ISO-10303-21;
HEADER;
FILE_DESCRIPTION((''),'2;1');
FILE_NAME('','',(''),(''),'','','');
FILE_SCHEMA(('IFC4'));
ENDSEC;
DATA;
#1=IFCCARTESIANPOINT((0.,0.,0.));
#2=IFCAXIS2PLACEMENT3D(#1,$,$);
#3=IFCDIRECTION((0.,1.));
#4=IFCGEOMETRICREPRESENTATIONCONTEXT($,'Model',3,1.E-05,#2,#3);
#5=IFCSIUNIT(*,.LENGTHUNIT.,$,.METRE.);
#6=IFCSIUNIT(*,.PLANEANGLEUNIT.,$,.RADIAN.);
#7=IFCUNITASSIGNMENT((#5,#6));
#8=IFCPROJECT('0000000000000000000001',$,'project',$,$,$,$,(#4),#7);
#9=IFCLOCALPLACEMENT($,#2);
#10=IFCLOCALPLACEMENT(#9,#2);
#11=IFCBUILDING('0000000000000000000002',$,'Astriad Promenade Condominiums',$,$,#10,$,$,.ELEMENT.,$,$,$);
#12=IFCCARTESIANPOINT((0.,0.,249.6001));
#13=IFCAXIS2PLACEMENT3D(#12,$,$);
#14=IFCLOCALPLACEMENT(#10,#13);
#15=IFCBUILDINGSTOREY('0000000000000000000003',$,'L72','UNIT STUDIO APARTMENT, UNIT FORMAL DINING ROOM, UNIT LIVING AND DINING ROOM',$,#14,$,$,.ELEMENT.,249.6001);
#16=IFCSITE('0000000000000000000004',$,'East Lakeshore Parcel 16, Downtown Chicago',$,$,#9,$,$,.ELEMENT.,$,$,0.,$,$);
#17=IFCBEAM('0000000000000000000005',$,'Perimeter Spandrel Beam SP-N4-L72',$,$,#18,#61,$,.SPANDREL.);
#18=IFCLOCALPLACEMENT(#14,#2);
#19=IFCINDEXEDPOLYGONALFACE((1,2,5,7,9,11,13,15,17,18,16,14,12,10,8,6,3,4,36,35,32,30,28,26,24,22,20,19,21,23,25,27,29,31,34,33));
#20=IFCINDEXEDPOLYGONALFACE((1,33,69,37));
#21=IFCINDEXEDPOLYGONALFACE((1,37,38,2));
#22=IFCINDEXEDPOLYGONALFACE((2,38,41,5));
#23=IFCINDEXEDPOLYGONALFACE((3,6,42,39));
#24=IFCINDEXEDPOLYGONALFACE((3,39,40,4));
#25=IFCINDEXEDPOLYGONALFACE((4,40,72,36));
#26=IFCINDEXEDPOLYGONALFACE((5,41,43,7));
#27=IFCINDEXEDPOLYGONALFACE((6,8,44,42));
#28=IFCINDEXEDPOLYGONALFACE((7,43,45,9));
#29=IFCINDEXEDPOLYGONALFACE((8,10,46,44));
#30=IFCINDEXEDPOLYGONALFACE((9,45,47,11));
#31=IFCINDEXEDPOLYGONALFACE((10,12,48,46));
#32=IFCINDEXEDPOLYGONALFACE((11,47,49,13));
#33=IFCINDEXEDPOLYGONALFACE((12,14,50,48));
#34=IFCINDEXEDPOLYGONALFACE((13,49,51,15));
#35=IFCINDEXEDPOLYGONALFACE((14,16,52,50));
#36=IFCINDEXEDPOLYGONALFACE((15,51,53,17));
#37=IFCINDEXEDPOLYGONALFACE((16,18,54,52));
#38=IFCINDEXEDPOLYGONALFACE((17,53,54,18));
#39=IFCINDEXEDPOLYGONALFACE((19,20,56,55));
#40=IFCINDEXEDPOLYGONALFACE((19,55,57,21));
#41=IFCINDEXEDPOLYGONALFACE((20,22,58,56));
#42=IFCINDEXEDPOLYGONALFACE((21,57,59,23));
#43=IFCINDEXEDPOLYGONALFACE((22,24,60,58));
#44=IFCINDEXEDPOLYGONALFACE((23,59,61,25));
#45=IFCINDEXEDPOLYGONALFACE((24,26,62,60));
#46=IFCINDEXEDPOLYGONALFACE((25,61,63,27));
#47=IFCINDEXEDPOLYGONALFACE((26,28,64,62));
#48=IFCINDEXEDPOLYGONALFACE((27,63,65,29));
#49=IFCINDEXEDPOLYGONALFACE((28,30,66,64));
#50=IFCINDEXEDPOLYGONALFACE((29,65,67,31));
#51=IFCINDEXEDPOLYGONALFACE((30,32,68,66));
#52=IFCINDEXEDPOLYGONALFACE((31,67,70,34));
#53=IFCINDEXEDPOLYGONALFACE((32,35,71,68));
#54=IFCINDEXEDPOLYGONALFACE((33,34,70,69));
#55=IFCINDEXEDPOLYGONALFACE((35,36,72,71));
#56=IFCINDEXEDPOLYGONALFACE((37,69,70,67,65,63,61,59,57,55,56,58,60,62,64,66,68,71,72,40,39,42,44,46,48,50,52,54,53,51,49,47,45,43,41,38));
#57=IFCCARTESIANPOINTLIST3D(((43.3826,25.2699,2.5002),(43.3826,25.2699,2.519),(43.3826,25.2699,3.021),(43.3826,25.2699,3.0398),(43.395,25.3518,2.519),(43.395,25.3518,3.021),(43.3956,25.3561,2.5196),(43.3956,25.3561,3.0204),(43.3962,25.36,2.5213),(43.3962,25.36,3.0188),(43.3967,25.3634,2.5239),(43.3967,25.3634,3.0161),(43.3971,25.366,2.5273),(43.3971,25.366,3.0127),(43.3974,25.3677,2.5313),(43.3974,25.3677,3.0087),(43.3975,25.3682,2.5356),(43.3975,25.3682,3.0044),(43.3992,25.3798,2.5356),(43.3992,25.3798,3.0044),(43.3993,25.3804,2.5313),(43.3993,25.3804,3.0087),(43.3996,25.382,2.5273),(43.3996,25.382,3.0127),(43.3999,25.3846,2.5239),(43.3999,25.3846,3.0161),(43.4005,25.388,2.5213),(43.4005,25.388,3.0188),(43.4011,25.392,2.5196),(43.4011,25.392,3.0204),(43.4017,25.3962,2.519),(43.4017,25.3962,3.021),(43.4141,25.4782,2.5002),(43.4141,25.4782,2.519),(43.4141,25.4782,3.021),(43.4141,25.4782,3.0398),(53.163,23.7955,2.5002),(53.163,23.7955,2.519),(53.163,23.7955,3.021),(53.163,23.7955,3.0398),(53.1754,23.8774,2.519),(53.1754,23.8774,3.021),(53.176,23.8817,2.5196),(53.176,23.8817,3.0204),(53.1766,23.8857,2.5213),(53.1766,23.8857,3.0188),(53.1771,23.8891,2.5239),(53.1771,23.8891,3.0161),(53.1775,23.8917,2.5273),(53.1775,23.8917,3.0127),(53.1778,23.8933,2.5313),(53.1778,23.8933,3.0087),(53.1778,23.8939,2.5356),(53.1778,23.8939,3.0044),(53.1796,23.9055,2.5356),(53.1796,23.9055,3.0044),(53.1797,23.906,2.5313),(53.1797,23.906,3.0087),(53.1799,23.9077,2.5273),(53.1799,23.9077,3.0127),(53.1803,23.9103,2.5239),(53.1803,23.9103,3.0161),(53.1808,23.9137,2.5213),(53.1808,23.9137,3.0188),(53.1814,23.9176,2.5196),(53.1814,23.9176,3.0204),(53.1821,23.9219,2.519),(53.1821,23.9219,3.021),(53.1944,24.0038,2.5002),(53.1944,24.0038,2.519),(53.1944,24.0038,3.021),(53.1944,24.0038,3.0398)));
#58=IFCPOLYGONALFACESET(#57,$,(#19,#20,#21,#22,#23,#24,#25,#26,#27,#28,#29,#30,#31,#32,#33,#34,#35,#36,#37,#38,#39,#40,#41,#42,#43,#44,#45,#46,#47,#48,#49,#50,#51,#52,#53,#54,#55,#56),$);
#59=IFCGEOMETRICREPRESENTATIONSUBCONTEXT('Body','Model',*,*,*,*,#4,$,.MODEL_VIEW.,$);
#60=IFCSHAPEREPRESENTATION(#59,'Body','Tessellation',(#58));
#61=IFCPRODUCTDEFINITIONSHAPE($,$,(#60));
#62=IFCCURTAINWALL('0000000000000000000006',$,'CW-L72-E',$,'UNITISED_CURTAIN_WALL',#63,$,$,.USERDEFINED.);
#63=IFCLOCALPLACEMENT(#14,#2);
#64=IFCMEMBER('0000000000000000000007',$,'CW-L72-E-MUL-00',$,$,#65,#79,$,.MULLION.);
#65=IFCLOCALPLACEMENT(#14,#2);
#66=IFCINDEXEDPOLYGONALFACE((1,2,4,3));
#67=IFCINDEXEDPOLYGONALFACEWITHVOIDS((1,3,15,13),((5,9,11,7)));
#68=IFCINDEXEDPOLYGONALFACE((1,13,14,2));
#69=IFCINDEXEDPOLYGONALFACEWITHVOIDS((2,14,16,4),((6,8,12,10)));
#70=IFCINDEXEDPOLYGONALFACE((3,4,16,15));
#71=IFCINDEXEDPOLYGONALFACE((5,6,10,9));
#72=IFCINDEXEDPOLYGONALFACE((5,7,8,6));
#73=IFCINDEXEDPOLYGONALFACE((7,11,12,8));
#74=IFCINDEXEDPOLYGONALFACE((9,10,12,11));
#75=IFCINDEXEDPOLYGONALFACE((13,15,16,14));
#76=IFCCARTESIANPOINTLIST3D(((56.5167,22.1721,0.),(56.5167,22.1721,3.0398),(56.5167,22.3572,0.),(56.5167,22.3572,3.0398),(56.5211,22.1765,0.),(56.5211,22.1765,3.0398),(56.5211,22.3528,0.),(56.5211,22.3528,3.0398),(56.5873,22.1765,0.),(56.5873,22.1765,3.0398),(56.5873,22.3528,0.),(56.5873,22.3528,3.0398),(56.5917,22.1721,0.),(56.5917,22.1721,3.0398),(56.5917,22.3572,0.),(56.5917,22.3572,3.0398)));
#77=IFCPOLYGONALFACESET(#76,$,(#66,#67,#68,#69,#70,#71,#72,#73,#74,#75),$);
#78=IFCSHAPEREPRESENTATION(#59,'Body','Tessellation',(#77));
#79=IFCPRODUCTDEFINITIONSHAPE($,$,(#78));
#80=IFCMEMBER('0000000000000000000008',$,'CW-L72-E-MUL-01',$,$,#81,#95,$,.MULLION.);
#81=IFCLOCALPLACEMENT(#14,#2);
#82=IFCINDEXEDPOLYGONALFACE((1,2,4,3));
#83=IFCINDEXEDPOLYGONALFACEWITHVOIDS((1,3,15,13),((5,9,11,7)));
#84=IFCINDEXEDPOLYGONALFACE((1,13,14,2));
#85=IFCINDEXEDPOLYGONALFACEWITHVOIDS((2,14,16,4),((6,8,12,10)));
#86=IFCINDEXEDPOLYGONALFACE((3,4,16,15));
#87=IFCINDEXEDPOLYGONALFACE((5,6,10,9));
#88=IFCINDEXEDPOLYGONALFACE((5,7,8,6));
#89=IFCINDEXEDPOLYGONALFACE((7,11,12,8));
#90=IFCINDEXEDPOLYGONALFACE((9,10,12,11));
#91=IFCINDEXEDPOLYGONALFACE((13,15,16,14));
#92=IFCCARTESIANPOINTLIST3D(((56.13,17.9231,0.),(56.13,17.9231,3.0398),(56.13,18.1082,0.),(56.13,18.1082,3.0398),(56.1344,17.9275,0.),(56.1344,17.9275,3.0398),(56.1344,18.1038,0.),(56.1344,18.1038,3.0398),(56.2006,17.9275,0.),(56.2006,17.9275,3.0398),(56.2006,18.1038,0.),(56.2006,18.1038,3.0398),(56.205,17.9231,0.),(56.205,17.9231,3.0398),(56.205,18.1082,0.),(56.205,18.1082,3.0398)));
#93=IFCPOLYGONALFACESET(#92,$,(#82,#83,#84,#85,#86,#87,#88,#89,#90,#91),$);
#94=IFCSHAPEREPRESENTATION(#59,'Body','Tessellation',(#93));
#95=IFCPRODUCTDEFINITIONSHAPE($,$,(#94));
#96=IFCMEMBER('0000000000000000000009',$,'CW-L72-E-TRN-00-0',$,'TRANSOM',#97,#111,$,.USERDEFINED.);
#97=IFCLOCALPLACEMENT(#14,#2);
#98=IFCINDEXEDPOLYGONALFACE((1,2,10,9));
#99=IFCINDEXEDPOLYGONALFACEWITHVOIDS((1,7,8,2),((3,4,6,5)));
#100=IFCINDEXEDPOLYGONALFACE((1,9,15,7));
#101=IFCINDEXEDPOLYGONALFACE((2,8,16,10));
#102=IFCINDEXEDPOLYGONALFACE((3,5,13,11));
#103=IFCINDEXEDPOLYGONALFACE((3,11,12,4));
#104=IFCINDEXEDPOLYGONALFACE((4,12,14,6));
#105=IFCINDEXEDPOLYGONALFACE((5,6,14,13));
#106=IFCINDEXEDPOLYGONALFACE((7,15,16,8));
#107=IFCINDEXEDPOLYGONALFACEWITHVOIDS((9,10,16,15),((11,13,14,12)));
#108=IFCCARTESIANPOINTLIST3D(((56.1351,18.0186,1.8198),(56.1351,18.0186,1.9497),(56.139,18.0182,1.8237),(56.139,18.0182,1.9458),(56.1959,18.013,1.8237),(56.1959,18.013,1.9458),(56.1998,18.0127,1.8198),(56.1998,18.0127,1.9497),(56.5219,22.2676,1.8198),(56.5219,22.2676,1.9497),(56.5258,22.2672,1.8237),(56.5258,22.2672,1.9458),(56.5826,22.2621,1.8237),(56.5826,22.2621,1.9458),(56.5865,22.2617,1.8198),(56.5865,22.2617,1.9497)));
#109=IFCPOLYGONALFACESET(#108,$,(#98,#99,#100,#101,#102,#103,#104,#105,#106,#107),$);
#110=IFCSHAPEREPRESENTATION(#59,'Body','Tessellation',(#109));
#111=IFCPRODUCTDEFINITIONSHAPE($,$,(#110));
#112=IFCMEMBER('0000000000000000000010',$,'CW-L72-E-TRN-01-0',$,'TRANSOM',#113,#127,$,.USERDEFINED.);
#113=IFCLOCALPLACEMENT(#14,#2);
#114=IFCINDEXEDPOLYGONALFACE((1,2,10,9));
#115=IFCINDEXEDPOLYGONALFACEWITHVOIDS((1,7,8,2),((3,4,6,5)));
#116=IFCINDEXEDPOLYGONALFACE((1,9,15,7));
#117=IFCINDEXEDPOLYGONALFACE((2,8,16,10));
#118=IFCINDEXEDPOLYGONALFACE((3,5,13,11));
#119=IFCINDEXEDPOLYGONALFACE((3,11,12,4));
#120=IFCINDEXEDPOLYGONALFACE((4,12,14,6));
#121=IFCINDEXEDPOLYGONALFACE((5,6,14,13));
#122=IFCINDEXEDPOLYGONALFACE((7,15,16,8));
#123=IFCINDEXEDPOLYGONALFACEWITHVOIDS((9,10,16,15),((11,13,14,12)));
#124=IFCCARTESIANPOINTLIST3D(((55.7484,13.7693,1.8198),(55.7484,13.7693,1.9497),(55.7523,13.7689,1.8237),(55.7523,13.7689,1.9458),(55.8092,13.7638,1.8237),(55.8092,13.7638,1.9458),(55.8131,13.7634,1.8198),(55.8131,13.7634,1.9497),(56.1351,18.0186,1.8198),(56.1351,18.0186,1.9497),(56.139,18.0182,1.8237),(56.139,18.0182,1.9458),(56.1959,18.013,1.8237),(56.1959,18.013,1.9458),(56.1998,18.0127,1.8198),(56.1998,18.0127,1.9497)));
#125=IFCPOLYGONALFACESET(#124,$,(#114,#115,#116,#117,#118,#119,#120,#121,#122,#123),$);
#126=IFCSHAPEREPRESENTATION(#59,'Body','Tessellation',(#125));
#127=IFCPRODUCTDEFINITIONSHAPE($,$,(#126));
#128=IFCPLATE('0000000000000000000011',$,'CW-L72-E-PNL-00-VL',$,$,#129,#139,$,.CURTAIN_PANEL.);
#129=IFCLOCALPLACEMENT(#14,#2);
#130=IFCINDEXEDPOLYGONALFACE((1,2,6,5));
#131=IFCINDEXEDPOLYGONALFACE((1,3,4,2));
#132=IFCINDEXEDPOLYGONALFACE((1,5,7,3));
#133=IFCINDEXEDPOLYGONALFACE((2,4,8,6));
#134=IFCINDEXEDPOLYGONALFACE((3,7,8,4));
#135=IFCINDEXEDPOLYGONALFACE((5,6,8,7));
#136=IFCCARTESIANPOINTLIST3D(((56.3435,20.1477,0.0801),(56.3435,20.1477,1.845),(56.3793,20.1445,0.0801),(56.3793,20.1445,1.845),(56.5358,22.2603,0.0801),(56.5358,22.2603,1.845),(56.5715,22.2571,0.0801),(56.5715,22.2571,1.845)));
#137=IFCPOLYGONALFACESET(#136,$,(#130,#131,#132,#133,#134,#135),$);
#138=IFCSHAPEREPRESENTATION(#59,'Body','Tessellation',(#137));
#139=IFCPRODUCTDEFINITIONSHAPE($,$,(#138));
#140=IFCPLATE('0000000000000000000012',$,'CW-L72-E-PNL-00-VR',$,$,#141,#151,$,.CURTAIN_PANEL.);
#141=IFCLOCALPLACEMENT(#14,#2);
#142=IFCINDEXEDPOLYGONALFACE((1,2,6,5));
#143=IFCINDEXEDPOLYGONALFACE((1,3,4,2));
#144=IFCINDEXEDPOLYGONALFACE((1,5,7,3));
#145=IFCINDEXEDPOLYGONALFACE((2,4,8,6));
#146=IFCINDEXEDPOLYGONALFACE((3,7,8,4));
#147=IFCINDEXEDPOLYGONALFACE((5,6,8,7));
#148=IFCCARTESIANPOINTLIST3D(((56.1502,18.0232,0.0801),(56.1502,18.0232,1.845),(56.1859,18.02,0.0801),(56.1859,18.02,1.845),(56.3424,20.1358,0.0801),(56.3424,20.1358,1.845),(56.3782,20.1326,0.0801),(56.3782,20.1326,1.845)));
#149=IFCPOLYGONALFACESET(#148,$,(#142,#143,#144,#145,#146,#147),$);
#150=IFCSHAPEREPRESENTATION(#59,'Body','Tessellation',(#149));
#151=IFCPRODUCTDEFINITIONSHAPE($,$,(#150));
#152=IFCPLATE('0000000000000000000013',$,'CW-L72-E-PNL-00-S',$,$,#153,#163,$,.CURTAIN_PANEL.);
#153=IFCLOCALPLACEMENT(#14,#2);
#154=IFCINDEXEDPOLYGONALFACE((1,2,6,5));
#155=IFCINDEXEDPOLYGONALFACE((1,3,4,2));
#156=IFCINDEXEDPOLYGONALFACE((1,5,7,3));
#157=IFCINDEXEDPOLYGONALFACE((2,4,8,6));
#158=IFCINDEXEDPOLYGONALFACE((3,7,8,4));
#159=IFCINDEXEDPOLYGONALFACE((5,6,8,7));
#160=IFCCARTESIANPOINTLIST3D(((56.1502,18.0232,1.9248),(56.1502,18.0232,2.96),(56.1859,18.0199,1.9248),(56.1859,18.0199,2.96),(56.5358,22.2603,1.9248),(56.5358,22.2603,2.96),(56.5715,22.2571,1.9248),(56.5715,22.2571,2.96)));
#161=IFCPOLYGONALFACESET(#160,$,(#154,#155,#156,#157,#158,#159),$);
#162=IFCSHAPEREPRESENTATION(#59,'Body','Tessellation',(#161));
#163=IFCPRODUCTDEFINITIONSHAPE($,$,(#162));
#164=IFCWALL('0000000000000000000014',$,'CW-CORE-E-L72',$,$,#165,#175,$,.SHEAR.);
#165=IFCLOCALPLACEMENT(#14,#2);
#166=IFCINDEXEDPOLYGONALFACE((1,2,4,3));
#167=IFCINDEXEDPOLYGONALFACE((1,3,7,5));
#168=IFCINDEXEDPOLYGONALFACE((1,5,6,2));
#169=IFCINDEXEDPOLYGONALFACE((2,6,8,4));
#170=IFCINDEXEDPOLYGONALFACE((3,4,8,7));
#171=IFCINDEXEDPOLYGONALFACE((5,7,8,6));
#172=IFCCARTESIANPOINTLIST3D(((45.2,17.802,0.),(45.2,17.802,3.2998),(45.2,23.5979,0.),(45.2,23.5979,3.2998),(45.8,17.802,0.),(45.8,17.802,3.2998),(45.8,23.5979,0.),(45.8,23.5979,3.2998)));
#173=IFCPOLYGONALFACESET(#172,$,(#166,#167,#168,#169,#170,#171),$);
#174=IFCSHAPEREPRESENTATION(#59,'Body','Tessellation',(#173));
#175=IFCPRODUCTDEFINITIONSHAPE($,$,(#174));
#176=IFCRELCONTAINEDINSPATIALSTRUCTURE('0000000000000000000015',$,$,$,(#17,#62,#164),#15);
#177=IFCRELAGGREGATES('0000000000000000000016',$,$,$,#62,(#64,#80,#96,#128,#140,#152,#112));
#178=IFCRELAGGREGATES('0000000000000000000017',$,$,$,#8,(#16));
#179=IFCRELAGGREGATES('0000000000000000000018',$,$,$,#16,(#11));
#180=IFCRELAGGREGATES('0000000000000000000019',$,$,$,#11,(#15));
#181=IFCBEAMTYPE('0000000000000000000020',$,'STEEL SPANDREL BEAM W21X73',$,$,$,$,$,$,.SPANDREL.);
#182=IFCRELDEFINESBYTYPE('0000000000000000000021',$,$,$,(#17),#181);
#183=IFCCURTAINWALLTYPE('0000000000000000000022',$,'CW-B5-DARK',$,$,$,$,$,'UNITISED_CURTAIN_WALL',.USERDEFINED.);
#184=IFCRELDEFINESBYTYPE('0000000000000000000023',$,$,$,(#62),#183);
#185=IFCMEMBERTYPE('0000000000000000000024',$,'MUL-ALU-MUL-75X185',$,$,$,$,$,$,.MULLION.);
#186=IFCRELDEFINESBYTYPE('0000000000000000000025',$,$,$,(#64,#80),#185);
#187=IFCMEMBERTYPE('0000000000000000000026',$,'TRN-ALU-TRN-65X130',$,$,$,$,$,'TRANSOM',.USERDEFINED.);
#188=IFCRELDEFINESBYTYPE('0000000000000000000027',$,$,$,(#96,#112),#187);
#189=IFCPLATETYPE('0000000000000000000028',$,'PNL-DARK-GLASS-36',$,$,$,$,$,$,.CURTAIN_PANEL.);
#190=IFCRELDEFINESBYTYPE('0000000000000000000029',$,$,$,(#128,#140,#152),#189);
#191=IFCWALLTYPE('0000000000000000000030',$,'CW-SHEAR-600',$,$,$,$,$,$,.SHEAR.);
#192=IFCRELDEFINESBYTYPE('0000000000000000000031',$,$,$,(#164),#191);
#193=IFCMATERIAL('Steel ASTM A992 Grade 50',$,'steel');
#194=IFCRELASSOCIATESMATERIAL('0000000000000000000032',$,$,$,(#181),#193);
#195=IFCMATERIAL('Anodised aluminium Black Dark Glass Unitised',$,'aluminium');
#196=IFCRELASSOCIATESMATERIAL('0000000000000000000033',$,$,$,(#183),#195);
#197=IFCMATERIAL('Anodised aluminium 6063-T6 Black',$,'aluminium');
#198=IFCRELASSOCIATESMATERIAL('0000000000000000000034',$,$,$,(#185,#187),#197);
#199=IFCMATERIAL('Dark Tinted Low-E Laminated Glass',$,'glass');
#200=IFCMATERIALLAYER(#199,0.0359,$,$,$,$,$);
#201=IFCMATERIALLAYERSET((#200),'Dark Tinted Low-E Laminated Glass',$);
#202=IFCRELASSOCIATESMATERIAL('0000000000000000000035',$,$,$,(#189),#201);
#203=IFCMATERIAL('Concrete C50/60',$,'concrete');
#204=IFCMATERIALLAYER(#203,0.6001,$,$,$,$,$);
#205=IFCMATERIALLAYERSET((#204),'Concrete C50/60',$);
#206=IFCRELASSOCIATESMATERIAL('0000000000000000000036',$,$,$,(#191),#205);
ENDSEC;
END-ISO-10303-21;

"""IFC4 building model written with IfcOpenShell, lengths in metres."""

from ifc_helpers import new_model, si_unit, direction, frame, frame_2d, origin, origin_2d, place, context, subcontext, project, spatial, rectangle, hollow_rectangle, i_section, extrude, source, transform, mapped, material, layer, layer_set, material_profile, profile_set, type_object, type_shapes, element, aggregate, save


model = new_model("IFC4")

# Units and contexts
model_context = context("Model", 3, precision=1e-05, world=origin(), true_north=direction((0.0, 1.0)))
body_context = subcontext(model_context, "Body", "Model", "MODEL_VIEW")
ifc_project = project(units=[si_unit("LENGTHUNIT", "METRE"), si_unit("PLANEANGLEUNIT", "RADIAN")], contexts=[model_context])

# Site, building, storey
site_placement = place(None, origin())
site = spatial("IfcSite", under=ifc_project, at=site_placement, Name="East Lakeshore Parcel 16, Downtown Chicago", CompositionType="ELEMENT", RefElevation=0.0)
building_placement = place(site_placement, origin())
building = spatial("IfcBuilding", under=site, at=building_placement, Name="Astriad Promenade Condominiums", CompositionType="ELEMENT")
storey_placement = place(building_placement, frame((0.0, 0.0, 249.6001)))
storey = spatial("IfcBuildingStorey", under=building, at=storey_placement, Name="L72", Description="UNIT STUDIO APARTMENT, UNIT FORMAL DINING ROOM, UNIT LIVING AND DINING ROOM", CompositionType="ELEMENT", Elevation=249.6001)

# Shared definitions
ifc_material_1 = material(Name="Steel ASTM A992 Grade 50", Category="steel")
ifc_material_2 = material(Name="Concrete C50/60", Category="concrete")

# Beam
ifc_material_profile_1 = material_profile(ifc_material_1, i_section(OverallWidth=0.2107, OverallDepth=0.5396, WebThickness=0.0117, FlangeThickness=0.0188, FilletRadius=0.0166, at=origin_2d()), Name="W21X73")
ifc_profile_set_1 = profile_set([ifc_material_profile_1], Name="Steel ASTM A992 Grade 50")
beam_type_1 = type_object("IfcBeamType", Name="STEEL SPANDREL BEAM W21X73", PredefinedType="SPANDREL", material=ifc_profile_set_1)
shared_shape_1 = source(origin(), body_context, "Body", "SweptSolid", [
    extrude(i_section(OverallWidth=0.2107, OverallDepth=0.5396, WebThickness=0.0117, FlangeThickness=0.0188, FilletRadius=0.0166, at=origin_2d()), origin(), (0.0, 0.0, 1.0), 9.8909),
])
type_shapes(beam_type_1, [shared_shape_1])
beam_1_placement = place(storey_placement, frame((53.1787, 23.8997, 2.77), z_axis=(-0.988827, 0.149065, 0.0), x_axis=(-0.149065, -0.988827, 0.0)))
element("IfcBeam", 1, at=beam_1_placement, inside=storey, type_object=beam_type_1, Name="Perimeter Spandrel Beam SP-N4-L72", PredefinedType="SPANDREL", context=body_context, shape_type="MappedRepresentation", body=[
    mapped(shared_shape_1, transform((0.0, 0.0, 0.0), scale=1.0)),
])

# Curtain wall, members, plates
ifc_material_3 = material(Name="Anodised aluminium Black Dark Glass Unitised", Category="aluminium")
curtain_wall_type = type_object("IfcCurtainWallType", Name="CW-B5-DARK", ElementType="UNITISED_CURTAIN_WALL", PredefinedType="USERDEFINED", material=ifc_material_3)
curtain_wall_placement = place(storey_placement, origin())
curtain_wall = element("IfcCurtainWall", 2, at=curtain_wall_placement, inside=storey, type_object=curtain_wall_type, Name="CW-L72-E", ObjectType="UNITISED_CURTAIN_WALL", PredefinedType="USERDEFINED")
ifc_material_4 = material(Name="Anodised aluminium 6063-T6 Black", Category="aluminium")
ifc_material_profile_2 = material_profile(ifc_material_4, hollow_rectangle(XDim=0.075, YDim=0.1851, WallThickness=0.0044, at=origin_2d()), Name="ALU-MUL-75X185")
ifc_profile_set_2 = profile_set([ifc_material_profile_2], Name="Anodised aluminium 6063-T6 Black")
member_type_1 = type_object("IfcMemberType", Name="MUL-ALU-MUL-75X185", PredefinedType="MULLION", material=ifc_profile_set_2)
shared_shape_2 = source(origin(), body_context, "Body", "SweptSolid", [
    extrude(hollow_rectangle(XDim=0.075, YDim=0.1851, WallThickness=0.0044, at=origin_2d()), origin(), (0.0, 0.0, 1.0), 3.0398),
])
type_shapes(member_type_1, [shared_shape_2])
member_1_placement = place(storey_placement, frame((56.5542, 22.2646, 0.0), z_axis=(0.0, 0.0, 1.0), x_axis=(1.0, 0.0, 0.0)))
member_1 = element("IfcMember", 3, at=member_1_placement, type_object=member_type_1, Name="CW-L72-E-MUL-00", PredefinedType="MULLION", context=body_context, shape_type="MappedRepresentation", body=[
    mapped(shared_shape_2, transform((0.0, 0.0, 0.0), scale=1.0)),
])
member_2_placement = place(storey_placement, frame((56.1675, 18.0156, 0.0), z_axis=(0.0, 0.0, 1.0), x_axis=(1.0, 0.0, 0.0)))
member_2 = element("IfcMember", 4, at=member_2_placement, type_object=member_type_1, Name="CW-L72-E-MUL-01", PredefinedType="MULLION", context=body_context, shape_type="MappedRepresentation", body=[
    mapped(shared_shape_2, transform((0.0, 0.0, 0.0), scale=1.0)),
])
ifc_material_profile_3 = material_profile(ifc_material_4, hollow_rectangle(XDim=0.0649, YDim=0.1299, WallThickness=0.0039, at=origin_2d()), Name="ALU-TRN-65X130")
ifc_profile_set_3 = profile_set([ifc_material_profile_3], Name="Anodised aluminium 6063-T6 Black")
member_type_2 = type_object("IfcMemberType", Name="TRN-ALU-TRN-65X130", ElementType="TRANSOM", PredefinedType="USERDEFINED", material=ifc_profile_set_3)
shared_shape_3 = source(origin(), body_context, "Body", "SweptSolid", [
    extrude(hollow_rectangle(XDim=0.0649, YDim=0.1299, WallThickness=0.0039, at=origin_2d()), origin(), (0.0, 0.0, 1.0), 4.2666),
])
member_3_placement = place(storey_placement, frame((56.5542, 22.2646, 1.8848), z_axis=(-0.090639, -0.995884, 0.0), x_axis=(0.995884, -0.090639, 0.0)))
member_3 = element("IfcMember", 5, at=member_3_placement, type_object=member_type_2, Name="CW-L72-E-TRN-00-0", ObjectType="TRANSOM", PredefinedType="USERDEFINED", context=body_context, shape_type="MappedRepresentation", body=[
    mapped(shared_shape_3, transform((0.0, 0.0, 0.0), scale=1.0)),
])
shared_shape_4 = source(origin(), body_context, "Body", "SweptSolid", [
    extrude(hollow_rectangle(XDim=0.0649, YDim=0.1299, WallThickness=0.0039, at=origin_2d()), origin(), (0.0, 0.0, 1.0), 4.2668),
])
type_shapes(member_type_2, [shared_shape_3, shared_shape_4])
member_4_placement = place(storey_placement, frame((56.1675, 18.0156, 1.8848), z_axis=(-0.090634, -0.995884, 0.0), x_axis=(0.995884, -0.090634, 0.0)))
member_4 = element("IfcMember", 6, at=member_4_placement, type_object=member_type_2, Name="CW-L72-E-TRN-01-0", ObjectType="TRANSOM", PredefinedType="USERDEFINED", context=body_context, shape_type="MappedRepresentation", body=[
    mapped(shared_shape_4, transform((0.0, 0.0, 0.0), scale=1.0)),
])
ifc_material_5 = material(Name="Dark Tinted Low-E Laminated Glass", Category="glass")
ifc_layer_1 = layer(ifc_material_5, 0.0359)
ifc_layer_set_1 = layer_set([ifc_layer_1], Name="Dark Tinted Low-E Laminated Glass")
plate_type = type_object("IfcPlateType", Name="PNL-DARK-GLASS-36", PredefinedType="CURTAIN_PANEL", material=ifc_layer_set_1)
shared_shape_5 = source(origin(), body_context, "Body", "SweptSolid", [
    extrude(rectangle(XDim=2.1213, YDim=0.0359, at=origin_2d()), origin(), (0.0, 0.0, 1.0), 1.7649),
])
plate_1_placement = place(storey_placement, frame((56.4575, 21.2024, 0.0801), z_axis=(0.0, 0.0, 1.0), x_axis=(-0.090633, -0.995884, 0.0)))
plate_1 = element("IfcPlate", 7, at=plate_1_placement, type_object=plate_type, Name="CW-L72-E-PNL-00-VL", PredefinedType="CURTAIN_PANEL", context=body_context, shape_type="MappedRepresentation", body=[
    mapped(shared_shape_5, transform((0.0, 0.0, 0.0), scale=1.0)),
])
plate_2_placement = place(storey_placement, frame((56.2642, 19.0779, 0.0801), z_axis=(0.0, 0.0, 1.0), x_axis=(-0.090633, -0.995884, 0.0)))
plate_2 = element("IfcPlate", 8, at=plate_2_placement, type_object=plate_type, Name="CW-L72-E-PNL-00-VR", PredefinedType="CURTAIN_PANEL", context=body_context, shape_type="MappedRepresentation", body=[
    mapped(shared_shape_5, transform((0.0, 0.0, 0.0), scale=1.0)),
])
shared_shape_6 = source(origin(), body_context, "Body", "SweptSolid", [
    extrude(rectangle(XDim=4.2546, YDim=0.0359, at=origin_2d()), origin(), (0.0, 0.0, 1.0), 1.0352),
])
type_shapes(plate_type, [shared_shape_5, shared_shape_6])
plate_3_placement = place(storey_placement, frame((56.3608, 20.1401, 1.9248), z_axis=(0.0, 0.0, 1.0), x_axis=(-0.090633, -0.995884, 0.0)))
plate_3 = element("IfcPlate", 9, at=plate_3_placement, type_object=plate_type, Name="CW-L72-E-PNL-00-S", PredefinedType="CURTAIN_PANEL", context=body_context, shape_type="MappedRepresentation", body=[
    mapped(shared_shape_6, transform((0.0, 0.0, 0.0), scale=1.0)),
])
aggregate(curtain_wall, [member_1, member_2, member_3, plate_1, plate_2, plate_3, member_4])

# Wall
ifc_layer_2 = layer(ifc_material_2, 0.6001)
ifc_layer_set_2 = layer_set([ifc_layer_2], Name="Concrete C50/60")
wall_type_1 = type_object("IfcWallType", Name="CW-SHEAR-600", PredefinedType="SHEAR", material=ifc_layer_set_2)
wall_1_placement = place(storey_placement, frame((45.5, 17.802, 0.0), z_axis=(0.0, 0.0, 1.0), x_axis=(0.0, 1.0, 0.0)))
element("IfcWall", 10, at=wall_1_placement, inside=storey, type_object=wall_type_1, Name="CW-CORE-E-L72", PredefinedType="SHEAR", context=body_context, shape_type="SweptSolid", body=[
    extrude(rectangle(XDim=5.7959, YDim=0.6001, at=frame_2d((2.8979, 0.0))), origin(), (0.0, 0.0, 1.0), 3.2998),
])

save(model, "model.ifc")
